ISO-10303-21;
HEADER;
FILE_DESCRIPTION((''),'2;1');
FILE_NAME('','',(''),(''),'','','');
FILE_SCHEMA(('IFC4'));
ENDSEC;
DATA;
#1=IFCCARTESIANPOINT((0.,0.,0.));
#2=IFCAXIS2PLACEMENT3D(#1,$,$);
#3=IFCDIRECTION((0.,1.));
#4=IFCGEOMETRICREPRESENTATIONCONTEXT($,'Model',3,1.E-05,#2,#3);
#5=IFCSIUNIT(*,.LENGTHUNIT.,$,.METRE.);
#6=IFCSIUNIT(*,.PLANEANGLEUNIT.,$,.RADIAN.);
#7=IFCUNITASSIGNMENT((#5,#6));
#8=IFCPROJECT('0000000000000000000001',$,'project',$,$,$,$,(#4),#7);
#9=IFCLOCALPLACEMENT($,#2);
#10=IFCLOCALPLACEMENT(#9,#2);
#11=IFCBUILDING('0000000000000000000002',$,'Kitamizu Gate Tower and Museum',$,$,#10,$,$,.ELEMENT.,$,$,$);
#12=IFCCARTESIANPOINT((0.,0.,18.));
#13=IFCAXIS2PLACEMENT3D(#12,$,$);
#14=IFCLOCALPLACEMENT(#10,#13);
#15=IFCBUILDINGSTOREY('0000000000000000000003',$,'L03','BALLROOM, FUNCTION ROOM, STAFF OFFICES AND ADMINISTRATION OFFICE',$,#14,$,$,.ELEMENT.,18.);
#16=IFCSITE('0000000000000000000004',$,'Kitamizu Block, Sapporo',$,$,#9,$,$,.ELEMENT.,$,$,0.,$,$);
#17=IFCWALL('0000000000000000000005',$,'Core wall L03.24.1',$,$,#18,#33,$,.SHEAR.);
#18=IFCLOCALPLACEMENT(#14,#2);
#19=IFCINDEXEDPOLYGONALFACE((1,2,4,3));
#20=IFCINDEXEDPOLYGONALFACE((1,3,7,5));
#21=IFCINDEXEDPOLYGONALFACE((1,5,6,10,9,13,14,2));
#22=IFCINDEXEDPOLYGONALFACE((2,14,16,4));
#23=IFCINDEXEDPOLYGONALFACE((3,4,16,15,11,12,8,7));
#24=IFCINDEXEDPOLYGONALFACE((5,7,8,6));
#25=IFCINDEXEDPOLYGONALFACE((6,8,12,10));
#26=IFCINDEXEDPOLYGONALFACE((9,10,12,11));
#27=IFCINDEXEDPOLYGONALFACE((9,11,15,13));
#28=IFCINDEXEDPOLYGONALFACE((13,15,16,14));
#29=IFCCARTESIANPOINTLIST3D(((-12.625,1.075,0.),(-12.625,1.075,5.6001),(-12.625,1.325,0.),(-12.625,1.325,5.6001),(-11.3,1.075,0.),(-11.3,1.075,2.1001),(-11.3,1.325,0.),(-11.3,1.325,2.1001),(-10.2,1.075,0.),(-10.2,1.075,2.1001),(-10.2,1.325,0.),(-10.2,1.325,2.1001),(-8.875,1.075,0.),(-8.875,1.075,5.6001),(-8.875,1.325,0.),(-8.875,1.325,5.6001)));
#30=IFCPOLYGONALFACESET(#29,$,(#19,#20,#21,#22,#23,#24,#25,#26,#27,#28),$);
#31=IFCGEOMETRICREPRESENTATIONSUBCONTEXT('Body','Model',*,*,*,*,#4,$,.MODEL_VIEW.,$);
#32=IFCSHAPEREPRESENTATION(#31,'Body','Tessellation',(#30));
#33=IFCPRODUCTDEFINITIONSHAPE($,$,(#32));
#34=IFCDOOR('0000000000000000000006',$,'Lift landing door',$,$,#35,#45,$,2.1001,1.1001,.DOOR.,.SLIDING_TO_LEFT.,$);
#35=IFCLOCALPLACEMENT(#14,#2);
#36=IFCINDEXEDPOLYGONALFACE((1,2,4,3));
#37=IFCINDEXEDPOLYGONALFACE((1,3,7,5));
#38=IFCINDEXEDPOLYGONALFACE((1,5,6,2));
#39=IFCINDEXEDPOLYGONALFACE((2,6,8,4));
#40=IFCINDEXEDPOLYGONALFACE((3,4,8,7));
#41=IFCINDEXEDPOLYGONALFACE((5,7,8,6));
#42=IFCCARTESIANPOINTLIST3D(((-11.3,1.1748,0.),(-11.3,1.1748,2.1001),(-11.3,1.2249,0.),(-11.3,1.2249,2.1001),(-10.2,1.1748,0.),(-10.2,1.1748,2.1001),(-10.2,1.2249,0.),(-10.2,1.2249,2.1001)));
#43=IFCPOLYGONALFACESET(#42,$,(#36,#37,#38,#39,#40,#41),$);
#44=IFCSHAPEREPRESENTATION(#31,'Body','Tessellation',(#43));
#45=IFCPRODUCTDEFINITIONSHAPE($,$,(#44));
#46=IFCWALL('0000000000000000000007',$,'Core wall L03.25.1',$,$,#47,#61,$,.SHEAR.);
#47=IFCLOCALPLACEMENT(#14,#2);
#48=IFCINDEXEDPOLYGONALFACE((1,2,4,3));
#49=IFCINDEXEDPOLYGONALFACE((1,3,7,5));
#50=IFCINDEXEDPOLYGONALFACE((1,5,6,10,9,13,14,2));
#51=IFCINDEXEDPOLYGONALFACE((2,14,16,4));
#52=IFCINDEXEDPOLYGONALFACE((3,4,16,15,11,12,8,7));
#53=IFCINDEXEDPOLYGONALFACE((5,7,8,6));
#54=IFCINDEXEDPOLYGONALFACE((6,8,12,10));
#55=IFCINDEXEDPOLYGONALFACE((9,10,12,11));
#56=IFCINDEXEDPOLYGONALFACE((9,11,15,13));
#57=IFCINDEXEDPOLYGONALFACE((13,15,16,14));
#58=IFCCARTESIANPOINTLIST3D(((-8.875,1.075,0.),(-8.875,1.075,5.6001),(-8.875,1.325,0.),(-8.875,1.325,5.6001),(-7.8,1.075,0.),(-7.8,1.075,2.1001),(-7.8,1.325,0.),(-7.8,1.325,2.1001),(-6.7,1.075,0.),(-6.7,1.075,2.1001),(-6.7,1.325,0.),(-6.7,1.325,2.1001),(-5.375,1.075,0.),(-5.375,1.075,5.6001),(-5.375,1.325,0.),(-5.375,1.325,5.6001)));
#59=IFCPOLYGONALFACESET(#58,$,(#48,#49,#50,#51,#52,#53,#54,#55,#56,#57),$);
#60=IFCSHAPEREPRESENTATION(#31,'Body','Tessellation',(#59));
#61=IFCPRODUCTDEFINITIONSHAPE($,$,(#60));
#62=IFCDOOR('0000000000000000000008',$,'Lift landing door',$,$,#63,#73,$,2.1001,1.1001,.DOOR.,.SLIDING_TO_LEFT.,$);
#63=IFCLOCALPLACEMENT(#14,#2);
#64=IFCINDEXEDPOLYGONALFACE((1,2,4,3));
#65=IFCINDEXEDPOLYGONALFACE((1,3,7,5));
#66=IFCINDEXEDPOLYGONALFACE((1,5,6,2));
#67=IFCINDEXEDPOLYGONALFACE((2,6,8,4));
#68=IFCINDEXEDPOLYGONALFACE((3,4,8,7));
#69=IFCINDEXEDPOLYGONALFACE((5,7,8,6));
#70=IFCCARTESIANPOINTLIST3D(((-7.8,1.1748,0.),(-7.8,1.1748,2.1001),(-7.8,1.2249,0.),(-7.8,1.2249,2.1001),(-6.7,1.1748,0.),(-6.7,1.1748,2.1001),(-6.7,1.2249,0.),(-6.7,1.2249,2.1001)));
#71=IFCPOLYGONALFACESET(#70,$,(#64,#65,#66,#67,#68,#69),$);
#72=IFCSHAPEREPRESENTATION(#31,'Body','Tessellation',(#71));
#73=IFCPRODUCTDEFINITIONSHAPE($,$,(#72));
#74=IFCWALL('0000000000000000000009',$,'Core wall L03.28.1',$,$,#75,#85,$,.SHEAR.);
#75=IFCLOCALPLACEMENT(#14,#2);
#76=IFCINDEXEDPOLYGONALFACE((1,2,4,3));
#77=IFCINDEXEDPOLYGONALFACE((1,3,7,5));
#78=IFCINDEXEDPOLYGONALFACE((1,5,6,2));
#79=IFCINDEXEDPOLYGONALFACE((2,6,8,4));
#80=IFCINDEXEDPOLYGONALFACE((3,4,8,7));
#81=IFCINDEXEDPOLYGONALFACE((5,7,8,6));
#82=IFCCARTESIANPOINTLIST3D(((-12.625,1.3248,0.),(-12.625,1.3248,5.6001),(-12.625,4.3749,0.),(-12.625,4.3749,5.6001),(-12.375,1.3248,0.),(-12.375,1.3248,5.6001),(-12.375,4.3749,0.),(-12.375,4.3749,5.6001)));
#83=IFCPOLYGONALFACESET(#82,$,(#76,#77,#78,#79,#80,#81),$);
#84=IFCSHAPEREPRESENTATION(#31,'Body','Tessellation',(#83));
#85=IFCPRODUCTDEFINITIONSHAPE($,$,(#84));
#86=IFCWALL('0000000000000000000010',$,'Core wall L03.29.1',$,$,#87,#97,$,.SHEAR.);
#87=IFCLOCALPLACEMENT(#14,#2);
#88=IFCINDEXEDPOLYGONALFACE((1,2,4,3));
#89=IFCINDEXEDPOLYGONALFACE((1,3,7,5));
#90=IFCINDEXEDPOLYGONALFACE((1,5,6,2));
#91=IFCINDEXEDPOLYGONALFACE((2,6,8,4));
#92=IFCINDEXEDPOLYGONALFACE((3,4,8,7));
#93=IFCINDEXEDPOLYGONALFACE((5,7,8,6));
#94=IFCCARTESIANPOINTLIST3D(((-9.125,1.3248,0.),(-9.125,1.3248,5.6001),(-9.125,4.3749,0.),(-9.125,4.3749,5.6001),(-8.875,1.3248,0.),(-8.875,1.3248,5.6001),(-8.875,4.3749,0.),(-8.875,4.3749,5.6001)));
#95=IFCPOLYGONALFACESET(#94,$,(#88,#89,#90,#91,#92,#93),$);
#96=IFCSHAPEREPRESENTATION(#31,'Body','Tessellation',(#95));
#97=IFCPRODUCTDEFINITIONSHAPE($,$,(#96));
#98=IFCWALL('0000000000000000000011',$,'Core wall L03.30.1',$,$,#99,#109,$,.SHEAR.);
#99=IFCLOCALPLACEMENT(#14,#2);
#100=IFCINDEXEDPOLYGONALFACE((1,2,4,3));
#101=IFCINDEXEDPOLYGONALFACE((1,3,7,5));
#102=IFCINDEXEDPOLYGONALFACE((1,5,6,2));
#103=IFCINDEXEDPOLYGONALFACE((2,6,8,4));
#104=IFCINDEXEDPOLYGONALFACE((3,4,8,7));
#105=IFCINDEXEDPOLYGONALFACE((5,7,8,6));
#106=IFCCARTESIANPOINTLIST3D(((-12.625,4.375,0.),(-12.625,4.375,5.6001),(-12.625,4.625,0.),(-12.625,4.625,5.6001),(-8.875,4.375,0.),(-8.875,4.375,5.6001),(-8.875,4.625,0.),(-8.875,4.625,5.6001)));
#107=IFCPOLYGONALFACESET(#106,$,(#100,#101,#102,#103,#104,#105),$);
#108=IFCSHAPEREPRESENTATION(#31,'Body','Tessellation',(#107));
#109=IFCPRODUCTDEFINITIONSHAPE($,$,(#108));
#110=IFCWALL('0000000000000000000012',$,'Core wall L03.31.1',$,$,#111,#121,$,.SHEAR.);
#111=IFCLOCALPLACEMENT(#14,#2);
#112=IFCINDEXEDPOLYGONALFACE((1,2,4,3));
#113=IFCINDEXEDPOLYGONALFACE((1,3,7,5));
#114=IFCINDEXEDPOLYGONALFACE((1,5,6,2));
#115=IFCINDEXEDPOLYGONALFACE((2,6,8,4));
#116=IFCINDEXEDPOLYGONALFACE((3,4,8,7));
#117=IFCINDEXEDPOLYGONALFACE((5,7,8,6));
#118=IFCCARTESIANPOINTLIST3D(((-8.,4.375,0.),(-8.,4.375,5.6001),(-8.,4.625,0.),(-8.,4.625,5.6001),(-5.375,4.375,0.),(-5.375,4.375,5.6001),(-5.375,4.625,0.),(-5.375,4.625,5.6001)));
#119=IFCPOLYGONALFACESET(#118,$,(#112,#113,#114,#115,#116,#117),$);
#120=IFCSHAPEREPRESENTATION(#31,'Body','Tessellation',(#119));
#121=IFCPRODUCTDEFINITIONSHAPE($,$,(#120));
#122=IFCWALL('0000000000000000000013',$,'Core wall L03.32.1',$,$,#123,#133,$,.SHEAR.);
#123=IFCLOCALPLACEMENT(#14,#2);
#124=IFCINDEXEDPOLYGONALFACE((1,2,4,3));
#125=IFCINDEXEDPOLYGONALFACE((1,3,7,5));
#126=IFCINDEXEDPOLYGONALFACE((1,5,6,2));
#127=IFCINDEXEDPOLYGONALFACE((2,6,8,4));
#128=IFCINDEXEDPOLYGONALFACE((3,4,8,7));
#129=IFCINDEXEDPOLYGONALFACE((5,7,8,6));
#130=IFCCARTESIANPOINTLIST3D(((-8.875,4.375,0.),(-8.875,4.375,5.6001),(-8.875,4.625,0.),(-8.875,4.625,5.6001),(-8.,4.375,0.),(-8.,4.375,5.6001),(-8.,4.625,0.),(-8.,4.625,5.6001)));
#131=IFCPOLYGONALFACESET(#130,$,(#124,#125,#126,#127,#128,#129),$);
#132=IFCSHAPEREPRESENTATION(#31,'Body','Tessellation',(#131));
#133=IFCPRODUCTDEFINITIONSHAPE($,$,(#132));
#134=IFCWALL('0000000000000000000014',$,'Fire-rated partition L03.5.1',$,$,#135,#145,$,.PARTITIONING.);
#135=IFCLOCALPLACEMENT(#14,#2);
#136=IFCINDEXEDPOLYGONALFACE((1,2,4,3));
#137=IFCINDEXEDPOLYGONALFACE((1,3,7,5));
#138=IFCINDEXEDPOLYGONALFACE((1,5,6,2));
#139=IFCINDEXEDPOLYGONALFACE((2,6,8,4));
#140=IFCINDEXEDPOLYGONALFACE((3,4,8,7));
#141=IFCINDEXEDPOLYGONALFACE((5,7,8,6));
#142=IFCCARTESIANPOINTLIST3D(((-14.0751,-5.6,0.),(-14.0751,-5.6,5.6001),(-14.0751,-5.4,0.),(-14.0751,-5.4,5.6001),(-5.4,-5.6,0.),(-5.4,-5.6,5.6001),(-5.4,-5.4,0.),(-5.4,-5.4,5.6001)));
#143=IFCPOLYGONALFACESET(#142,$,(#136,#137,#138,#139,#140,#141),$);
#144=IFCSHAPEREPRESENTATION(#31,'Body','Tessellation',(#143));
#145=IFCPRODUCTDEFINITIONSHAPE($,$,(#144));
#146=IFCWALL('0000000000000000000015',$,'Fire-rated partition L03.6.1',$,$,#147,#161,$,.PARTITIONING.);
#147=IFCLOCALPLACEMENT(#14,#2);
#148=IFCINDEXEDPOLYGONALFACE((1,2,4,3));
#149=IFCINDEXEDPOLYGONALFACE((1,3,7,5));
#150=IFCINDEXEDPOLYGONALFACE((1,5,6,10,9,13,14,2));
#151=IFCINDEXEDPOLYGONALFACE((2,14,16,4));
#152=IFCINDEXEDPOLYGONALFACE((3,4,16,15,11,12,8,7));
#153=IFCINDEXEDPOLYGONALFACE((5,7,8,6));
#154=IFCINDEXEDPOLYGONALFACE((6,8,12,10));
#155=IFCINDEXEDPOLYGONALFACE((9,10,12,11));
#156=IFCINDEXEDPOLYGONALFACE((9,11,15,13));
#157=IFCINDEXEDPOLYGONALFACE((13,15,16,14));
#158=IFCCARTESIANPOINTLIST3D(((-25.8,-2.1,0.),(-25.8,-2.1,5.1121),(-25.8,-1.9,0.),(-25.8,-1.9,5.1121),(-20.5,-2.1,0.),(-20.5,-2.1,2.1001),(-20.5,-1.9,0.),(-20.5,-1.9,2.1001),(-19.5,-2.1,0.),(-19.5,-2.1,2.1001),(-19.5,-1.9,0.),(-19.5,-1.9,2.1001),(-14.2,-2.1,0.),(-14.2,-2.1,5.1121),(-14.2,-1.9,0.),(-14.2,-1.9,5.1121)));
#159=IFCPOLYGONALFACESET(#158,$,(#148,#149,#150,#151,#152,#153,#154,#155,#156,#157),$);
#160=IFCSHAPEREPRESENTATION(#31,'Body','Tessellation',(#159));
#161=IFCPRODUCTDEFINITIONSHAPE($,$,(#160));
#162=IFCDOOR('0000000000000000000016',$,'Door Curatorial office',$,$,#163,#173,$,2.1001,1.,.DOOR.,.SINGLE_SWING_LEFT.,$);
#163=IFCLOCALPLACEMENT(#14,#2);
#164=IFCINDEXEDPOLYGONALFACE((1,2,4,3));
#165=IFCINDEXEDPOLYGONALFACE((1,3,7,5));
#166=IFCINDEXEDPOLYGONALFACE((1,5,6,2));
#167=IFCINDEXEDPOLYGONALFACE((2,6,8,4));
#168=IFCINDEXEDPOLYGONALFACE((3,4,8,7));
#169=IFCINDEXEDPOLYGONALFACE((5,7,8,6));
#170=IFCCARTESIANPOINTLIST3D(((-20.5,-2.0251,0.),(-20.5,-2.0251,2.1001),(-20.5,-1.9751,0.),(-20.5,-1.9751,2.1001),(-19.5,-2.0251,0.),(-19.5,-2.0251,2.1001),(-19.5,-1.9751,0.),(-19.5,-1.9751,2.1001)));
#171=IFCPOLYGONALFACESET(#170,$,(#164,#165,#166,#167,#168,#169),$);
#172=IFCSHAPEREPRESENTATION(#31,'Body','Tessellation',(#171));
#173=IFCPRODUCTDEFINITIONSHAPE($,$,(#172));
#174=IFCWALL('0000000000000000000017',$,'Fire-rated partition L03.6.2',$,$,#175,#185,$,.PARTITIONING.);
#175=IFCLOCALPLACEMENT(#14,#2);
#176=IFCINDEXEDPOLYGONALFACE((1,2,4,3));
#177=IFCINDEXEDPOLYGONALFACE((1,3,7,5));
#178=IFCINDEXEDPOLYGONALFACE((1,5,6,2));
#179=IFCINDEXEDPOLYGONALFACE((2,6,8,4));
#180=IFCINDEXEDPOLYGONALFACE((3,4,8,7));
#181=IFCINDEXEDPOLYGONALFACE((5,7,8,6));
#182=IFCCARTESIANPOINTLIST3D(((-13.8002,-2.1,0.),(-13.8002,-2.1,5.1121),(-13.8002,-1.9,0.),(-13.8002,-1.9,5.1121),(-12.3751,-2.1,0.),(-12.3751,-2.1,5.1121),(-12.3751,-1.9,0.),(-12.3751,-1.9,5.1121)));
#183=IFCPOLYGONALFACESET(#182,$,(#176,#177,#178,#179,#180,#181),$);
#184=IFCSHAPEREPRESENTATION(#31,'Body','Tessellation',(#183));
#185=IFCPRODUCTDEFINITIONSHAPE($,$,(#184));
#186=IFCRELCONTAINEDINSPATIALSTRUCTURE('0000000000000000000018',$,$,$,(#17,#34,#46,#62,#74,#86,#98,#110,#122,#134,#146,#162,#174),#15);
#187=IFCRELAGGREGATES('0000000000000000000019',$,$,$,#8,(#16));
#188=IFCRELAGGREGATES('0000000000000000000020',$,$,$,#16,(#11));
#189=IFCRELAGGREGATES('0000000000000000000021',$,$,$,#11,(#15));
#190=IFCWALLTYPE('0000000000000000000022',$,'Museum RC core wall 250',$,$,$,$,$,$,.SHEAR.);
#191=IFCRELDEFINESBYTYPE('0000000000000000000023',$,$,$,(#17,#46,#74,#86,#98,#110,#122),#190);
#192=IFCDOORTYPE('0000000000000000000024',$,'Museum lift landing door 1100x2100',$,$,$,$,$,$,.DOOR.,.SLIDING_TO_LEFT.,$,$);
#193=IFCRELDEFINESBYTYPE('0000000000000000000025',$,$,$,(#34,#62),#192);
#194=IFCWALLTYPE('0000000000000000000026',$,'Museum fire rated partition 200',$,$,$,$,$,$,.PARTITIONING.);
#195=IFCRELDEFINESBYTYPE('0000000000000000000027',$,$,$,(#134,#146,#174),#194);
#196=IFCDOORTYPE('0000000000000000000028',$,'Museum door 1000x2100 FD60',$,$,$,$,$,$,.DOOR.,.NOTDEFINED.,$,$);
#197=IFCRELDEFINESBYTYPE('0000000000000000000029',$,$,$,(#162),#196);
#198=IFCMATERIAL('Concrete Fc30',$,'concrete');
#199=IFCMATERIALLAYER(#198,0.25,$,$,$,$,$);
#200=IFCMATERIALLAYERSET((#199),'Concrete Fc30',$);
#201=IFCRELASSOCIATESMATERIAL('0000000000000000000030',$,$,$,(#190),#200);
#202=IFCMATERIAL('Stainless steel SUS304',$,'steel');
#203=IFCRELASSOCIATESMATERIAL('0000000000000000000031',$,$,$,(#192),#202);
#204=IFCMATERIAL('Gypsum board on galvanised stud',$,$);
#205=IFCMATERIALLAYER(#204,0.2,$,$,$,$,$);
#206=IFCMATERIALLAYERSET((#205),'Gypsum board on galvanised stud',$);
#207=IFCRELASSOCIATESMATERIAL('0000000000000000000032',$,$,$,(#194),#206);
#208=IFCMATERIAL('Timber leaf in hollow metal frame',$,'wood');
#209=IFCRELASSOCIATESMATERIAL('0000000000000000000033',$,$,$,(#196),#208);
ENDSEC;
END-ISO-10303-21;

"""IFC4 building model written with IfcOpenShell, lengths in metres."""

from ifc_helpers import new_model, si_unit, direction, frame, frame_2d, origin, place, context, subcontext, project, spatial, rectangle, extrude, material, layer, layer_set, type_object, element, fill, save


model = new_model("IFC4")

# Units and contexts
model_context = context("Model", 3, precision=1e-05, world=origin(), true_north=direction((0.0, 1.0)))
body_context = subcontext(model_context, "Body", "Model", "MODEL_VIEW")
ifc_project = project(units=[si_unit("LENGTHUNIT", "METRE"), si_unit("PLANEANGLEUNIT", "RADIAN")], contexts=[model_context])

# Site, building, storey
site_placement = place(None, origin())
site = spatial("IfcSite", under=ifc_project, at=site_placement, Name="Kitamizu Block, Sapporo", CompositionType="ELEMENT", RefElevation=0.0)
building_placement = place(site_placement, origin())
building = spatial("IfcBuilding", under=site, at=building_placement, Name="Kitamizu Gate Tower and Museum", CompositionType="ELEMENT")
storey_placement = place(building_placement, frame((0.0, 0.0, 18.0)))
storey = spatial("IfcBuildingStorey", under=building, at=storey_placement, Name="L03", Description="BALLROOM, FUNCTION ROOM, STAFF OFFICES AND ADMINISTRATION OFFICE", CompositionType="ELEMENT", Elevation=18.0)

# Walls, openings, doors
ifc_material_1 = material(Name="Concrete Fc30", Category="concrete")
ifc_layer_1 = layer(ifc_material_1, 0.25)
ifc_layer_set_1 = layer_set([ifc_layer_1], Name="Concrete Fc30")
wall_type_1 = type_object("IfcWallType", Name="Museum RC core wall 250", PredefinedType="SHEAR", material=ifc_layer_set_1)
wall_1_placement = place(storey_placement, frame((-12.625, 1.2, 0.0), z_axis=(0.0, 0.0, 1.0), x_axis=(1.0, 0.0, 0.0)))
wall_1 = element("IfcWall", 1, at=wall_1_placement, inside=storey, type_object=wall_type_1, Name="Core wall L03.24.1", PredefinedType="SHEAR", context=body_context, shape_type="SweptSolid", body=[
    extrude(rectangle(XDim=3.75, YDim=0.25, at=frame_2d((1.875, 0.0))), origin(), (0.0, 0.0, 1.0), 5.6001),
])
opening_1_placement = place(wall_1_placement, frame((1.325, 0.0, 0.0)))
opening_1 = element("IfcOpeningElement", 2, at=opening_1_placement, cuts=wall_1, PredefinedType="OPENING", context=body_context, shape_type="SweptSolid", body=[
    extrude(rectangle(XDim=1.1001, YDim=2.1001, at=frame_2d((0.55, 1.05))), frame((0.0, 0.135, 0.0), z_axis=(0.0, -1.0, 0.0), x_axis=(1.0, 0.0, 0.0)), (0.0, 0.0, 1.0), 0.27),
])
ifc_material_2 = material(Name="Stainless steel SUS304", Category="steel")
door_type_1 = type_object("IfcDoorType", Name="Museum lift landing door 1100x2100", OperationType="SLIDING_TO_LEFT", PredefinedType="DOOR", material=ifc_material_2)
door_1_placement = place(opening_1_placement, origin())
door_1 = element("IfcDoor", 3, at=door_1_placement, inside=storey, type_object=door_type_1, Name="Lift landing door", OperationType="SLIDING_TO_LEFT", OverallHeight=2.1001, OverallWidth=1.1001, PredefinedType="DOOR", context=body_context, shape_type="SweptSolid", body=[
    extrude(rectangle(XDim=1.1001, YDim=2.1001, at=frame_2d((0.55, 1.05))), frame((0.0, 0.0249, 0.0), z_axis=(0.0, -1.0, 0.0), x_axis=(1.0, 0.0, 0.0)), (0.0, 0.0, 1.0), 0.05),
])
fill(opening_1, door_1)
wall_2_placement = place(storey_placement, frame((-8.875, 1.2, 0.0), z_axis=(0.0, 0.0, 1.0), x_axis=(1.0, 0.0, 0.0)))
wall_2 = element("IfcWall", 4, at=wall_2_placement, inside=storey, type_object=wall_type_1, Name="Core wall L03.25.1", PredefinedType="SHEAR", context=body_context, shape_type="SweptSolid", body=[
    extrude(rectangle(XDim=3.5, YDim=0.25, at=frame_2d((1.75, 0.0))), origin(), (0.0, 0.0, 1.0), 5.6001),
])
opening_2_placement = place(wall_2_placement, frame((1.075, 0.0, 0.0)))
opening_2 = element("IfcOpeningElement", 5, at=opening_2_placement, cuts=wall_2, PredefinedType="OPENING", context=body_context, shape_type="SweptSolid", body=[
    extrude(rectangle(XDim=1.1001, YDim=2.1001, at=frame_2d((0.55, 1.05))), frame((0.0, 0.135, 0.0), z_axis=(0.0, -1.0, 0.0), x_axis=(1.0, 0.0, 0.0)), (0.0, 0.0, 1.0), 0.27),
])
door_2_placement = place(opening_2_placement, origin())
door_2 = element("IfcDoor", 6, at=door_2_placement, inside=storey, type_object=door_type_1, Name="Lift landing door", OperationType="SLIDING_TO_LEFT", OverallHeight=2.1001, OverallWidth=1.1001, PredefinedType="DOOR", context=body_context, shape_type="SweptSolid", body=[
    extrude(rectangle(XDim=1.1001, YDim=2.1001, at=frame_2d((0.55, 1.05))), frame((0.0, 0.0249, 0.0), z_axis=(0.0, -1.0, 0.0), x_axis=(1.0, 0.0, 0.0)), (0.0, 0.0, 1.0), 0.05),
])
fill(opening_2, door_2)

# Walls
for number, where, z_axis, x_axis, name in (
    (7, (-12.5, 1.325, 0.0), (0.0, 0.0, 1.0), (0.0, 1.0, 0.0), "Core wall L03.28.1"),
    (8, (-9.0, 1.325, 0.0), (0.0, 0.0, 1.0), (0.0, 1.0, 0.0), "Core wall L03.29.1"),
):
    element("IfcWall", number, at=place(storey_placement, frame(where, z_axis=z_axis, x_axis=x_axis)), inside=storey, type_object=wall_type_1, Name=name, PredefinedType="SHEAR", context=body_context, shape_type="SweptSolid", body=[
        extrude(rectangle(XDim=3.05, YDim=0.25, at=frame_2d((1.5249, 0.0))), origin(), (0.0, 0.0, 1.0), 5.6001),
    ])
wall_3_placement = place(storey_placement, frame((-12.625, 4.5, 0.0), z_axis=(0.0, 0.0, 1.0), x_axis=(1.0, 0.0, 0.0)))
element("IfcWall", 9, at=wall_3_placement, inside=storey, type_object=wall_type_1, Name="Core wall L03.30.1", PredefinedType="SHEAR", context=body_context, shape_type="SweptSolid", body=[
    extrude(rectangle(XDim=3.75, YDim=0.25, at=frame_2d((1.875, 0.0))), origin(), (0.0, 0.0, 1.0), 5.6001),
])
wall_4_placement = place(storey_placement, frame((-8.0, 4.5, 0.0), z_axis=(0.0, 0.0, 1.0), x_axis=(1.0, 0.0, 0.0)))
element("IfcWall", 10, at=wall_4_placement, inside=storey, type_object=wall_type_1, Name="Core wall L03.31.1", PredefinedType="SHEAR", context=body_context, shape_type="SweptSolid", body=[
    extrude(rectangle(XDim=2.625, YDim=0.25, at=frame_2d((1.3125, 0.0))), origin(), (0.0, 0.0, 1.0), 5.6001),
])
wall_5_placement = place(storey_placement, frame((-8.875, 4.5, 0.0), z_axis=(0.0, 0.0, 1.0), x_axis=(1.0, 0.0, 0.0)))
element("IfcWall", 11, at=wall_5_placement, inside=storey, type_object=wall_type_1, Name="Core wall L03.32.1", PredefinedType="SHEAR", context=body_context, shape_type="SweptSolid", body=[
    extrude(rectangle(XDim=0.875, YDim=0.25, at=frame_2d((0.4375, 0.0))), origin(), (0.0, 0.0, 1.0), 5.6001),
])
ifc_material_3 = material(Name="Gypsum board on galvanised stud")
ifc_layer_2 = layer(ifc_material_3, 0.2)
ifc_layer_set_2 = layer_set([ifc_layer_2], Name="Gypsum board on galvanised stud")
wall_type_2 = type_object("IfcWallType", Name="Museum fire rated partition 200", PredefinedType="PARTITIONING", material=ifc_layer_set_2)
wall_6_placement = place(storey_placement, frame((-14.075, -5.5, 0.0), z_axis=(0.0, 0.0, 1.0), x_axis=(1.0, 0.0, 0.0)))
element("IfcWall", 12, at=wall_6_placement, inside=storey, type_object=wall_type_2, Name="Fire-rated partition L03.5.1", PredefinedType="PARTITIONING", context=body_context, shape_type="SweptSolid", body=[
    extrude(rectangle(XDim=8.675, YDim=0.2, at=frame_2d((4.3374, 0.0))), origin(), (0.0, 0.0, 1.0), 5.6001),
])

# Wall, opening, door
wall_7_placement = place(storey_placement, frame((-25.8, -2.0, 0.0), z_axis=(0.0, 0.0, 1.0), x_axis=(1.0, 0.0, 0.0)))
wall_7 = element("IfcWall", 13, at=wall_7_placement, inside=storey, type_object=wall_type_2, Name="Fire-rated partition L03.6.1", PredefinedType="PARTITIONING", context=body_context, shape_type="SweptSolid", body=[
    extrude(rectangle(XDim=11.6001, YDim=0.2, at=frame_2d((5.8, 0.0))), origin(), (0.0, 0.0, 1.0), 5.1121),
])
opening_3_placement = place(wall_7_placement, frame((5.3, 0.0, 0.0)))
opening_3 = element("IfcOpeningElement", 14, at=opening_3_placement, cuts=wall_7, PredefinedType="OPENING", context=body_context, shape_type="SweptSolid", body=[
    extrude(rectangle(XDim=1.0, YDim=2.1001, at=frame_2d((0.5, 1.05))), frame((0.0, 0.1099, 0.0), z_axis=(0.0, -1.0, 0.0), x_axis=(1.0, 0.0, 0.0)), (0.0, 0.0, 1.0), 0.22),
])
ifc_material_4 = material(Name="Timber leaf in hollow metal frame", Category="wood")
door_type_2 = type_object("IfcDoorType", Name="Museum door 1000x2100 FD60", OperationType="NOTDEFINED", PredefinedType="DOOR", material=ifc_material_4)
door_3_placement = place(opening_3_placement, origin())
door_3 = element("IfcDoor", 15, at=door_3_placement, inside=storey, type_object=door_type_2, Name="Door Curatorial office", OperationType="SINGLE_SWING_LEFT", OverallHeight=2.1001, OverallWidth=1.0, PredefinedType="DOOR", context=body_context, shape_type="SweptSolid", body=[
    extrude(rectangle(XDim=1.0, YDim=2.1001, at=frame_2d((0.5, 1.05))), frame((0.0, 0.0249, 0.0), z_axis=(0.0, -1.0, 0.0), x_axis=(1.0, 0.0, 0.0)), (0.0, 0.0, 1.0), 0.05),
])
fill(opening_3, door_3)

# Wall
wall_8_placement = place(storey_placement, frame((-13.8, -2.0, 0.0), z_axis=(0.0, 0.0, 1.0), x_axis=(1.0, 0.0, 0.0)))
element("IfcWall", 16, at=wall_8_placement, inside=storey, type_object=wall_type_2, Name="Fire-rated partition L03.6.2", PredefinedType="PARTITIONING", context=body_context, shape_type="SweptSolid", body=[
    extrude(rectangle(XDim=1.425, YDim=0.2, at=frame_2d((0.7124, 0.0))), origin(), (0.0, 0.0, 1.0), 5.1121),
])

save(model, "model.ifc")
